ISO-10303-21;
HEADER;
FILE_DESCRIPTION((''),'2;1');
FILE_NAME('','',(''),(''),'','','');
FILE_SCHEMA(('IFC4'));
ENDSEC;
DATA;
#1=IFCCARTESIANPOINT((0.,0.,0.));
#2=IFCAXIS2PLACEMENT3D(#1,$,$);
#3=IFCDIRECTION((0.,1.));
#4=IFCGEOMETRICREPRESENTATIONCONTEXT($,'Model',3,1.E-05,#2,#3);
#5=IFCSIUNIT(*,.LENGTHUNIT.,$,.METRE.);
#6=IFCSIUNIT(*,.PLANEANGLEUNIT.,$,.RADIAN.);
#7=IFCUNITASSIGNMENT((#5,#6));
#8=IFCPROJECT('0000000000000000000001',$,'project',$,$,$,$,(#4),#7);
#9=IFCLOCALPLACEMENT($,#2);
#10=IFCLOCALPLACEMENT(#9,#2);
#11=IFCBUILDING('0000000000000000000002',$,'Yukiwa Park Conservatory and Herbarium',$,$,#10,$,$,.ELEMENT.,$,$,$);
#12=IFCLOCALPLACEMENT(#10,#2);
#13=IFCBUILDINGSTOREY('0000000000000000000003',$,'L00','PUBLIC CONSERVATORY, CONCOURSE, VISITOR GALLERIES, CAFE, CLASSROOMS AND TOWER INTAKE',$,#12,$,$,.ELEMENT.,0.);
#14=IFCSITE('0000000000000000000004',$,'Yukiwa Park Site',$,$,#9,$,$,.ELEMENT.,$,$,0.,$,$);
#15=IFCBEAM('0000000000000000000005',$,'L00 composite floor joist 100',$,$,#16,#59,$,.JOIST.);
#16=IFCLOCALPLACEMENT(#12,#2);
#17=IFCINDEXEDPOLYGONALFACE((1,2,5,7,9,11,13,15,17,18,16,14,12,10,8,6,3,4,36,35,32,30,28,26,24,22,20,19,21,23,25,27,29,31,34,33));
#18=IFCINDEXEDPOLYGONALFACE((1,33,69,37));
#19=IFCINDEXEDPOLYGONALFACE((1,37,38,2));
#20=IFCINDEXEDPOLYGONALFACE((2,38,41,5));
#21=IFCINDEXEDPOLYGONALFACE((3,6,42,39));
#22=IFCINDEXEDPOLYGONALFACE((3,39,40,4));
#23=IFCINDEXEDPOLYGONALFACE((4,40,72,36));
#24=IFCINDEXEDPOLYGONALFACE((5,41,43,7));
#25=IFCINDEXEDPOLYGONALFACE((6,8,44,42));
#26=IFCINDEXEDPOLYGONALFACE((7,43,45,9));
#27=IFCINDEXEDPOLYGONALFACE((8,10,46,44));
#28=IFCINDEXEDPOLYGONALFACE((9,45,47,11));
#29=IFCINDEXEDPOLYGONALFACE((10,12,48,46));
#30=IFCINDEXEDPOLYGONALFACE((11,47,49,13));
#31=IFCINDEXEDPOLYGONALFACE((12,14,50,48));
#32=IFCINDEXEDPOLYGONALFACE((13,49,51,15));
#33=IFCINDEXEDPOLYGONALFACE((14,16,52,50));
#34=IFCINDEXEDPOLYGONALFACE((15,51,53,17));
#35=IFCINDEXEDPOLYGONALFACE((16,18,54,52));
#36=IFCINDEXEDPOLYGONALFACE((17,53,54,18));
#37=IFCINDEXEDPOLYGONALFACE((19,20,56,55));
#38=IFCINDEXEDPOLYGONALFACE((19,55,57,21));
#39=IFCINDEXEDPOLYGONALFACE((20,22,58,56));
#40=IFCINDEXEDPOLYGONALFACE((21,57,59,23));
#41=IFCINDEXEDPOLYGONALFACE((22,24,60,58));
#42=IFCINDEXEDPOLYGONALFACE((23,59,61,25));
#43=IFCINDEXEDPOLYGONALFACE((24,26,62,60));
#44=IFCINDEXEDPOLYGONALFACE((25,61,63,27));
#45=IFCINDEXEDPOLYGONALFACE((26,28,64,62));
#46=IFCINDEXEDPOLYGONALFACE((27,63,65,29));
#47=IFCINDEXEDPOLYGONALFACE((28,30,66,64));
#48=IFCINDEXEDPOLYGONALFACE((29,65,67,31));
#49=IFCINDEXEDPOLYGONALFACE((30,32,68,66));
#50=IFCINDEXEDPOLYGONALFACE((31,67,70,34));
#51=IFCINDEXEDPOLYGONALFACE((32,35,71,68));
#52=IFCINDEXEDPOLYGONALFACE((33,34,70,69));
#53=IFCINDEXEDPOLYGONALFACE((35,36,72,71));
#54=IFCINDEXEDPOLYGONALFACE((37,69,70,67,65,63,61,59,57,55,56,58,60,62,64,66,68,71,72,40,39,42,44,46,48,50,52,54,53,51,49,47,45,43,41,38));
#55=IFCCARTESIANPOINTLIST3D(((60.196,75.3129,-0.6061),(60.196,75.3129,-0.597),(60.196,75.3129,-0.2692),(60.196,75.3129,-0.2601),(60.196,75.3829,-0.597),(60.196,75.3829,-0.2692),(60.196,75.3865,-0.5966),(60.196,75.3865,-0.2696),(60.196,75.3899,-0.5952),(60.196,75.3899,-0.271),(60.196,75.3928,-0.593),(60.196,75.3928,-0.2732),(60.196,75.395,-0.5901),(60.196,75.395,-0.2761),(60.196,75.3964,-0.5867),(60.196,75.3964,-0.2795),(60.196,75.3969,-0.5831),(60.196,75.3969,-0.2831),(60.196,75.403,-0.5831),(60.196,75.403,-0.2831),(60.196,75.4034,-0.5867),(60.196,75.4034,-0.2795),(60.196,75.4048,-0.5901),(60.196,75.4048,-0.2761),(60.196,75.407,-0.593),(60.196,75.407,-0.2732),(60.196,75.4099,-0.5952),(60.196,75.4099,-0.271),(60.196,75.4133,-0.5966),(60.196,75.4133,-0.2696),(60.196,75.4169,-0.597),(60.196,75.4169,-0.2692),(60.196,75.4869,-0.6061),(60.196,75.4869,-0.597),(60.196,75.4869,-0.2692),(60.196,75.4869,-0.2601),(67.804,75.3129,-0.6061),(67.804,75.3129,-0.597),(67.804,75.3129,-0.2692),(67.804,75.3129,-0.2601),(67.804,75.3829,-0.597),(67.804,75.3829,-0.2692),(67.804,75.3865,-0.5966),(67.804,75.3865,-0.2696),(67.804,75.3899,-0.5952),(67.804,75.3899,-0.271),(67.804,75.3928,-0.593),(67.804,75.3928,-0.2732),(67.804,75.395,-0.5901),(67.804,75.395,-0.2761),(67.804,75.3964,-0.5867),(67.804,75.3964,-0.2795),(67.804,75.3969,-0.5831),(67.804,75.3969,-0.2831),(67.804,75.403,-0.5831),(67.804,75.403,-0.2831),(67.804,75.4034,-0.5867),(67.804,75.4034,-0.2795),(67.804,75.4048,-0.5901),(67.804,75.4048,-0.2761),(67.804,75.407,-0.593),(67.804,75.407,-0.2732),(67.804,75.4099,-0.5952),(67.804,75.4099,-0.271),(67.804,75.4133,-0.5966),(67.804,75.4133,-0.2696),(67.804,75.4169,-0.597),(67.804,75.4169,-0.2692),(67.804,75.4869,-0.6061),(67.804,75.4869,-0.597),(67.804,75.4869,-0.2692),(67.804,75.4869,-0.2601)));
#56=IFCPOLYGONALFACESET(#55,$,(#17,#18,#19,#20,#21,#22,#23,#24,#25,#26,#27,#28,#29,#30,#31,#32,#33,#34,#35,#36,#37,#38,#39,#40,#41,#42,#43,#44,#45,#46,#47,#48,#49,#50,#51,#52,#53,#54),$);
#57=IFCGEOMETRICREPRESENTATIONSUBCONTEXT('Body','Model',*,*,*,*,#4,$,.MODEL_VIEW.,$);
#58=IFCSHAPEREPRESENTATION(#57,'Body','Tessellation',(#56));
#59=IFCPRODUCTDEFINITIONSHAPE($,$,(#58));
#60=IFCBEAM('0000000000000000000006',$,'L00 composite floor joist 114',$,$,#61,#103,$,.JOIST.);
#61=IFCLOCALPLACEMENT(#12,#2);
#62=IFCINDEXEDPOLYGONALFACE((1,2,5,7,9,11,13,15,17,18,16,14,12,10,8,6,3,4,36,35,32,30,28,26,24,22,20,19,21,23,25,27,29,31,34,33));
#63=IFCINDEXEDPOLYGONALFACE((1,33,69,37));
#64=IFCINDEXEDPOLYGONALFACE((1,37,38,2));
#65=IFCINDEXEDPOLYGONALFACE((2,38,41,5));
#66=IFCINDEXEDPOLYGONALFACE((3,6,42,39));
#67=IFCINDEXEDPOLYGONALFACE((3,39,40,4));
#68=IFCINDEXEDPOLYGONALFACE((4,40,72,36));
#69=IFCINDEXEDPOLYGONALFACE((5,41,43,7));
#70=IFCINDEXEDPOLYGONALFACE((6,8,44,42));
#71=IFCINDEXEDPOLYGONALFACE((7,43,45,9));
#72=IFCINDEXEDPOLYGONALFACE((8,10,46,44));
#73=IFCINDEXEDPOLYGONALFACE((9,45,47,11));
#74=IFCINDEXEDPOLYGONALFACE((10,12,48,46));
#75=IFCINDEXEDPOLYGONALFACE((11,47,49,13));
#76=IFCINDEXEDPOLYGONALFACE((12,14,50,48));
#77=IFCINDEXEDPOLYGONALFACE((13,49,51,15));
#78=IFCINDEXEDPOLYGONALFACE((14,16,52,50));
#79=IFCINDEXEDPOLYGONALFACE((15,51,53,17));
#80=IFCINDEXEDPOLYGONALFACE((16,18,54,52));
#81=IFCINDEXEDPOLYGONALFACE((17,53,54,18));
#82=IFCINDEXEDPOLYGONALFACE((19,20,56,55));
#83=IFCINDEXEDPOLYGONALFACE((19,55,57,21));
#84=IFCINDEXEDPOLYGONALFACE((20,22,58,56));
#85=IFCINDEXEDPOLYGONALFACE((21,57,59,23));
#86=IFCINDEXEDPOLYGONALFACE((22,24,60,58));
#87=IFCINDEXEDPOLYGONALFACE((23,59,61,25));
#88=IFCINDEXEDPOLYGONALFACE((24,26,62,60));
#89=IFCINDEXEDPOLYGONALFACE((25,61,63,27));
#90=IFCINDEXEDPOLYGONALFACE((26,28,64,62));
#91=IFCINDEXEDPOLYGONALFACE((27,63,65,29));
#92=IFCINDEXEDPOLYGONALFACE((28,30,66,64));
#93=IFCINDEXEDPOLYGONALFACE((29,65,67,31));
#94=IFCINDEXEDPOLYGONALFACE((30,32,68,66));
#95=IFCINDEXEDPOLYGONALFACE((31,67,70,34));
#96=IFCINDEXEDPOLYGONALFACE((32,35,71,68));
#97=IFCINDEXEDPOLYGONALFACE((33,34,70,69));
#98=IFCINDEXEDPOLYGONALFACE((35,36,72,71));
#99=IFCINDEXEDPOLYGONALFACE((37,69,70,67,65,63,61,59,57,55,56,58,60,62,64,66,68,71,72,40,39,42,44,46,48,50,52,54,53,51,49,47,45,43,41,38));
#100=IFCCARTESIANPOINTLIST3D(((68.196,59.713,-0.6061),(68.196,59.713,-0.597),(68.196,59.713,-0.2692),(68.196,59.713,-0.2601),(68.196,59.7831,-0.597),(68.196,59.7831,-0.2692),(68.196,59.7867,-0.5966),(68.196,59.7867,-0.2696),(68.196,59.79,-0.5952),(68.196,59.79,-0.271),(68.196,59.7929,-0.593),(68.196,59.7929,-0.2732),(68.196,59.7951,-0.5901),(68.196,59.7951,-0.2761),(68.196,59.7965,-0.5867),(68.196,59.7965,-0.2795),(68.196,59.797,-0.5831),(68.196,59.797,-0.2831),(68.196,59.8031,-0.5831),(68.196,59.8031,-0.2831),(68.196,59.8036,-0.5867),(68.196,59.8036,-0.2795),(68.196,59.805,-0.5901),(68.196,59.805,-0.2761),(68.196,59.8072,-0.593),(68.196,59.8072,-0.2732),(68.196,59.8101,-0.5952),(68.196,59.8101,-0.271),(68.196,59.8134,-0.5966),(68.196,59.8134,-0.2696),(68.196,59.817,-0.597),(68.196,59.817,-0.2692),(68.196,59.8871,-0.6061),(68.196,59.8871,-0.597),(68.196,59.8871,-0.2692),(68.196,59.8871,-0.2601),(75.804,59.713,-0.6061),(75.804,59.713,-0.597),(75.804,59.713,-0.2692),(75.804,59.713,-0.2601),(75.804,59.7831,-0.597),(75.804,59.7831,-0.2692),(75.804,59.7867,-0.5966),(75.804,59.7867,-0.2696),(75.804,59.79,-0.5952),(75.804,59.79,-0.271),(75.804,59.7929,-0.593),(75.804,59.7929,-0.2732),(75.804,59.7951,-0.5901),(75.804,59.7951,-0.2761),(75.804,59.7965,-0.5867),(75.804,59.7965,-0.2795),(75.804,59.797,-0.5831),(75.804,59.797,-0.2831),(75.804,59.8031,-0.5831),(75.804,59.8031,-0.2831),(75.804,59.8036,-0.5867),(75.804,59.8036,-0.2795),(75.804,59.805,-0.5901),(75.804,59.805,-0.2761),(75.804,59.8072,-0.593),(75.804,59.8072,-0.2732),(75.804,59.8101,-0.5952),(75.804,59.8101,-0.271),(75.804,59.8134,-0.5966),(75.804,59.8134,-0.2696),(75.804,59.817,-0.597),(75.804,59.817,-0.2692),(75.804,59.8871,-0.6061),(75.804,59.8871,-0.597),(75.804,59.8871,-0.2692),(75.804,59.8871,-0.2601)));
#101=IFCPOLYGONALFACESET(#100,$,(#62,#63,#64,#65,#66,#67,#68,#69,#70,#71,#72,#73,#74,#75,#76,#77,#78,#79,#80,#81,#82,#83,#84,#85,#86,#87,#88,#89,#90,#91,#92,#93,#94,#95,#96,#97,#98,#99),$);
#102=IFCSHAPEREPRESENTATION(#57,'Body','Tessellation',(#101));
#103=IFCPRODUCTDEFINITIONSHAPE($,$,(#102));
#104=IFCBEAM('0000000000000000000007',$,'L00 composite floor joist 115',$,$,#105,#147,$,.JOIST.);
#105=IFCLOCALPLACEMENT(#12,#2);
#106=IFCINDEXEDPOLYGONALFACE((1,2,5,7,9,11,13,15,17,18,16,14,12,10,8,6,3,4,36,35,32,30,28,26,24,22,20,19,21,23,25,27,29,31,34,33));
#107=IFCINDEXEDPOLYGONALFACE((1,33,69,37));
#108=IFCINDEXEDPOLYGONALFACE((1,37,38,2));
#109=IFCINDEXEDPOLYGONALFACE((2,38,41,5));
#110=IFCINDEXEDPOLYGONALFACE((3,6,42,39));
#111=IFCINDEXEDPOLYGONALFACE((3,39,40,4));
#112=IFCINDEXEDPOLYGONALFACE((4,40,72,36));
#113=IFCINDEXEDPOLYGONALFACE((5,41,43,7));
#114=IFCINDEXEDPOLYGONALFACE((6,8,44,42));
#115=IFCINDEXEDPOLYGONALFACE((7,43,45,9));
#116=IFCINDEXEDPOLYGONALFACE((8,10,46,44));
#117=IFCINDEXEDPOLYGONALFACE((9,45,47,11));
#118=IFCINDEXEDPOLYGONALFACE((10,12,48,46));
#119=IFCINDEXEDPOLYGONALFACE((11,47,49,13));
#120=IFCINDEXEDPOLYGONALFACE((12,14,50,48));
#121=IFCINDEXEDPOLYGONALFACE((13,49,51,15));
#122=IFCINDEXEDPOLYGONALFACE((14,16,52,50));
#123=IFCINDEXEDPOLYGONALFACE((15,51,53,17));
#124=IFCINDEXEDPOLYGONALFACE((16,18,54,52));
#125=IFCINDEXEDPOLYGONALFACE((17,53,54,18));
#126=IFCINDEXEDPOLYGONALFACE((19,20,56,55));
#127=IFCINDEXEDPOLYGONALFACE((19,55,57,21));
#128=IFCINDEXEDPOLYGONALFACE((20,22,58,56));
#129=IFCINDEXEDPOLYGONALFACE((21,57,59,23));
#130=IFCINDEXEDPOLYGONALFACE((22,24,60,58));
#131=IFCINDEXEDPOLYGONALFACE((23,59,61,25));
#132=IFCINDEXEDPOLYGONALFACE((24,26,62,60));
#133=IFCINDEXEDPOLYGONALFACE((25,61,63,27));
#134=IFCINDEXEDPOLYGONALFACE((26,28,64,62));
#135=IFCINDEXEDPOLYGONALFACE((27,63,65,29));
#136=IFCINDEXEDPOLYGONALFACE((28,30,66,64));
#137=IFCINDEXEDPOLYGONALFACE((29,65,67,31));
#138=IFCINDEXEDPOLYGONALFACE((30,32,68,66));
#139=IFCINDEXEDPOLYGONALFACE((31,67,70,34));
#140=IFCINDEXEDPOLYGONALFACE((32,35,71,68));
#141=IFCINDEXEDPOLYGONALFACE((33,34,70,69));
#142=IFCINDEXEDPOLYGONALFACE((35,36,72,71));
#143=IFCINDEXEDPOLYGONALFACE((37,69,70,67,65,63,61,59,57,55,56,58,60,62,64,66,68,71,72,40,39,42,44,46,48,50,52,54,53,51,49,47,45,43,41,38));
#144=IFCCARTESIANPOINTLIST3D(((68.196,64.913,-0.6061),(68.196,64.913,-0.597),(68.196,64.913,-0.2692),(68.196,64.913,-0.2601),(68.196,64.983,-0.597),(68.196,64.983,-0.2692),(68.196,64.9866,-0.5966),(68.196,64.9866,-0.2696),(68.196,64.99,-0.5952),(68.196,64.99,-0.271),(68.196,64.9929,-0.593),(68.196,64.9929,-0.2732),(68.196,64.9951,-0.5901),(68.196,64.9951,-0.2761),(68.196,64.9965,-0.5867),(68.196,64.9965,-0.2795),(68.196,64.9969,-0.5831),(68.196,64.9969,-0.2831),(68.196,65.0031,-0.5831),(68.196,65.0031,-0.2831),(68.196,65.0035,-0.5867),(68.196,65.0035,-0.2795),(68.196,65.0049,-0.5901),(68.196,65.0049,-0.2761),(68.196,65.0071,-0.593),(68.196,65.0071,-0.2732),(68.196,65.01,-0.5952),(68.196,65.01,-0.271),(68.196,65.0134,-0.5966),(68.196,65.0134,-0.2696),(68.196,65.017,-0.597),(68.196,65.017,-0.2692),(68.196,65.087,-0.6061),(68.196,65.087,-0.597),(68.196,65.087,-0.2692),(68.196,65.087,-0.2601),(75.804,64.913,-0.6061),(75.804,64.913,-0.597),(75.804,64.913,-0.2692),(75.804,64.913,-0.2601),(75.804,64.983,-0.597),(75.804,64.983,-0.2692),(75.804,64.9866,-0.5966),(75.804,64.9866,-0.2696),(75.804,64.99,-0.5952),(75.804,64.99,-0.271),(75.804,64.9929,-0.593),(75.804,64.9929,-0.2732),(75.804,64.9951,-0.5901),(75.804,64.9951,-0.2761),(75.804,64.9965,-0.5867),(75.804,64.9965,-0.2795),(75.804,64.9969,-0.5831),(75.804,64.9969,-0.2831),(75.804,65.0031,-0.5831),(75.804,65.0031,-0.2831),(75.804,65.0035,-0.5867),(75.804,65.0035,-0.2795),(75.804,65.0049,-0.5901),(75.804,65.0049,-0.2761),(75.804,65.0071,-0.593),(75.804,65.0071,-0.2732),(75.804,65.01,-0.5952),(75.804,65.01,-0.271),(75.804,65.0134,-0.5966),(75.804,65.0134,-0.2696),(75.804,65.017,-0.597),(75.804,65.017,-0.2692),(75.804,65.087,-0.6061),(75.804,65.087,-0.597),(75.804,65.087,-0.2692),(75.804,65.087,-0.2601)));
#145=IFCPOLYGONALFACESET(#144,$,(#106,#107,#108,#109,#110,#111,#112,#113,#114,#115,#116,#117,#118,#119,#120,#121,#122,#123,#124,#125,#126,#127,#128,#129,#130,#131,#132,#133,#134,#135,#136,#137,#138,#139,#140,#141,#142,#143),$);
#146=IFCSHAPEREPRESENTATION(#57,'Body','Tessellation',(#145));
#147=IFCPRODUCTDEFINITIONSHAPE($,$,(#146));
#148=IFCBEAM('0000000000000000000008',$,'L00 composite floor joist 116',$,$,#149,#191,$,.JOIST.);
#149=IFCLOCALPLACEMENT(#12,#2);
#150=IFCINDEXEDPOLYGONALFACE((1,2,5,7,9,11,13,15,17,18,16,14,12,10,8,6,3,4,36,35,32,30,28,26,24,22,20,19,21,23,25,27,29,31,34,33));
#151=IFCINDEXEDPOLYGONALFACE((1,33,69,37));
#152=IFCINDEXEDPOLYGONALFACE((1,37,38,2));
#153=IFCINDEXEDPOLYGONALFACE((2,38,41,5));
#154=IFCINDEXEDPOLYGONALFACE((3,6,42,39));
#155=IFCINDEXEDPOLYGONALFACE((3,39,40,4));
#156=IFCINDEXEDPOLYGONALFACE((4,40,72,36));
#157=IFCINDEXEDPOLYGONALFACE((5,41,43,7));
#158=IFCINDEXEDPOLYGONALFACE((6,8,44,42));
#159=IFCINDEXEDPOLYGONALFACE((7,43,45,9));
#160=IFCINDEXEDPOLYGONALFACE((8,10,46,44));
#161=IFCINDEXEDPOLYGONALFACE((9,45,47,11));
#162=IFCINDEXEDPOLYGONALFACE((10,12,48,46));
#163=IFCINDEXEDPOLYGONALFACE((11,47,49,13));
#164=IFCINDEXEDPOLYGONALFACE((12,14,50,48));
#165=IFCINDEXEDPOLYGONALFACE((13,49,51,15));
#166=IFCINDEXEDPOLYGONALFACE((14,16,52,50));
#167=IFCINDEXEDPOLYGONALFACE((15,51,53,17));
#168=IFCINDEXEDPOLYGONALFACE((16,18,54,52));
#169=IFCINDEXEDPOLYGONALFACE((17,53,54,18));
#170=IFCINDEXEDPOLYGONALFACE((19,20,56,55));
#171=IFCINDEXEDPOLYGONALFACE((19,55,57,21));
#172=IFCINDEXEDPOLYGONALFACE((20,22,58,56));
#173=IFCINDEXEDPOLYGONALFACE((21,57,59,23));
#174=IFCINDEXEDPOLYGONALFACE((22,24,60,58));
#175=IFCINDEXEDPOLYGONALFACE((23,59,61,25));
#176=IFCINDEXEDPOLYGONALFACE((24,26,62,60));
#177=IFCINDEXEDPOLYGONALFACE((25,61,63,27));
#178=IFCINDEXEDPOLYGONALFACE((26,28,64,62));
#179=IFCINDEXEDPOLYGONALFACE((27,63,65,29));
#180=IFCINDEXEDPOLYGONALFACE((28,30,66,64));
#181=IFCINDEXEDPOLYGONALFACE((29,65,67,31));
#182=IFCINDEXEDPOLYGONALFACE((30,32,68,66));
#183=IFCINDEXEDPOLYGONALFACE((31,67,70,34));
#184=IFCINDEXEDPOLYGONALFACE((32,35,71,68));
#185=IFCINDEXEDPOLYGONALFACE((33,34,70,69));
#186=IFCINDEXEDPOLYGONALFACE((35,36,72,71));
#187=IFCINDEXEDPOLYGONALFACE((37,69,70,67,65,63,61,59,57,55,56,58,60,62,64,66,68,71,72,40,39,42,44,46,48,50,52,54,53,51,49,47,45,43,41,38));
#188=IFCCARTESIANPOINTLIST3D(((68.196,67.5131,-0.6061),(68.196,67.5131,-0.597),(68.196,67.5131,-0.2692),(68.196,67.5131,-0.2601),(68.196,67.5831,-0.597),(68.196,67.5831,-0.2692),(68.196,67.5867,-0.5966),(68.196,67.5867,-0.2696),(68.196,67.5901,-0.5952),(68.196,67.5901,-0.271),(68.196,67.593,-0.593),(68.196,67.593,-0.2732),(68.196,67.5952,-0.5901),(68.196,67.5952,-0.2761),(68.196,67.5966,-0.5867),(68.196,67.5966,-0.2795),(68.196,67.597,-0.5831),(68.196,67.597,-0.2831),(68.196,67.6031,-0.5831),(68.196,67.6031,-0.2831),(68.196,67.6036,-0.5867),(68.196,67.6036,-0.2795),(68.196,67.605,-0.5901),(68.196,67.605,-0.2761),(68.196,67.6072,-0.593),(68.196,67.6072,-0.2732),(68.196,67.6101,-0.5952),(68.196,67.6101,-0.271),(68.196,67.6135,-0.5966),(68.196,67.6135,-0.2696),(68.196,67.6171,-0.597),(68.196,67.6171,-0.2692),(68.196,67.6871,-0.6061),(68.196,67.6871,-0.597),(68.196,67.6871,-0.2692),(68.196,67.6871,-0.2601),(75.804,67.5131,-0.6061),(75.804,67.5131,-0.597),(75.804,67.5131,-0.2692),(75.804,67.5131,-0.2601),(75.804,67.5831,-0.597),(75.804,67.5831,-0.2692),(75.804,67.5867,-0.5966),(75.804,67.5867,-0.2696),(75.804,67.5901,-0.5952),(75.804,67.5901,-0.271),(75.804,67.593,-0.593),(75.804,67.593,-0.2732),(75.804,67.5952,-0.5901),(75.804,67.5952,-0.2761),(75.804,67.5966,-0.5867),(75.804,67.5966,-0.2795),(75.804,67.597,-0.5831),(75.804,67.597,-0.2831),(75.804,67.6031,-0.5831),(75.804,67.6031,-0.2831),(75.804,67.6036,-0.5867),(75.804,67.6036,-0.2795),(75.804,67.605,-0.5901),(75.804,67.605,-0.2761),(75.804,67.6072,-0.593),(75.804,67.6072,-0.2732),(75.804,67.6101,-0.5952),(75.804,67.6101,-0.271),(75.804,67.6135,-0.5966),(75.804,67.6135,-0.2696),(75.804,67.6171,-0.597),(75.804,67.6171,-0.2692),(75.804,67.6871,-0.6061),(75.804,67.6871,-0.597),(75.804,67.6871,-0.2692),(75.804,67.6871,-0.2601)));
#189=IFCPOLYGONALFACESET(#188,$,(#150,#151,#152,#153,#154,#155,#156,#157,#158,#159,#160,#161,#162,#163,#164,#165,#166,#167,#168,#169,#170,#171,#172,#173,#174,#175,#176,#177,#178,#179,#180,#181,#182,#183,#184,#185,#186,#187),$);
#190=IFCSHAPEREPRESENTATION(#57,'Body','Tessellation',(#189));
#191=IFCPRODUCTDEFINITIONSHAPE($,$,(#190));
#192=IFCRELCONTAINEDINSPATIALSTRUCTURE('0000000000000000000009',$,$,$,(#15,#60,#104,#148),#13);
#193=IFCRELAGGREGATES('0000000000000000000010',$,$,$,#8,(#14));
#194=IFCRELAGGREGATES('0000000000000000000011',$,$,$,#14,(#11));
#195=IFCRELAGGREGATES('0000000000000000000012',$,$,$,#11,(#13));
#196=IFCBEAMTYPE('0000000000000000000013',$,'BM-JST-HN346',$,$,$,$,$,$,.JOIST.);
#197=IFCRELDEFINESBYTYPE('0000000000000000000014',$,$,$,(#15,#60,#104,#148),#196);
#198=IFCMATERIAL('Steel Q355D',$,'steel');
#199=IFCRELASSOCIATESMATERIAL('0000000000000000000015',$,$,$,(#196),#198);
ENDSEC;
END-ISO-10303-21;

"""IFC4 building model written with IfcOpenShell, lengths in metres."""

from ifc_helpers import new_model, si_unit, direction, frame, origin, origin_2d, place, context, subcontext, project, spatial, i_section, extrude, material, material_profile, profile_set, type_object, element, save


model = new_model("IFC4")

# Units and contexts
model_context = context("Model", 3, precision=1e-05, world=origin(), true_north=direction((0.0, 1.0)))
body_context = subcontext(model_context, "Body", "Model", "MODEL_VIEW")
ifc_project = project(units=[si_unit("LENGTHUNIT", "METRE"), si_unit("PLANEANGLEUNIT", "RADIAN")], contexts=[model_context])

# Site, building, storey
site_placement = place(None, origin())
site = spatial("IfcSite", under=ifc_project, at=site_placement, Name="Yukiwa Park Site", CompositionType="ELEMENT", RefElevation=0.0)
building_placement = place(site_placement, origin())
building = spatial("IfcBuilding", under=site, at=building_placement, Name="Yukiwa Park Conservatory and Herbarium", CompositionType="ELEMENT")
storey_placement = place(building_placement, origin())
storey = spatial("IfcBuildingStorey", under=building, at=storey_placement, Name="L00", Description="PUBLIC CONSERVATORY, CONCOURSE, VISITOR GALLERIES, CAFE, CLASSROOMS AND TOWER INTAKE", CompositionType="ELEMENT", Elevation=0.0)

# Beams
ifc_material_1 = material(Name="Steel Q355D", Category="steel")
ifc_material_profile_1 = material_profile(ifc_material_1, i_section(OverallWidth=0.1741, OverallDepth=0.3459, WebThickness=0.0061, FlangeThickness=0.009, FilletRadius=0.0139, at=origin_2d()), Name="HN 346x174x6x9")
ifc_profile_set_1 = profile_set([ifc_material_profile_1], Name="Steel Q355D")
beam_type_1 = type_object("IfcBeamType", Name="BM-JST-HN346", PredefinedType="JOIST", material=ifc_profile_set_1)
for number, where, z_axis, x_axis, name in (
    (1, (60.196, 75.3999, -0.4331), (1.0, 0.0, 0.0), (0.0, 1.0, 0.0), "L00 composite floor joist 100"),
    (2, (68.196, 59.8, -0.4331), (1.0, 0.0, 0.0), (0.0, 1.0, 0.0), "L00 composite floor joist 114"),
    (3, (68.196, 65.0, -0.4331), (1.0, 0.0, 0.0), (0.0, 1.0, 0.0), "L00 composite floor joist 115"),
    (4, (68.196, 67.6001, -0.4331), (1.0, 0.0, 0.0), (0.0, 1.0, 0.0), "L00 composite floor joist 116"),
):
    element("IfcBeam", number, at=place(storey_placement, frame(where, z_axis=z_axis, x_axis=x_axis)), inside=storey, type_object=beam_type_1, Name=name, PredefinedType="JOIST", context=body_context, shape_type="SweptSolid", body=[
        extrude(i_section(OverallWidth=0.1741, OverallDepth=0.3459, WebThickness=0.0061, FlangeThickness=0.009, FilletRadius=0.0139, at=origin_2d()), origin(), (0.0, 0.0, 1.0), 7.6079),
    ])

save(model, "model.ifc")
